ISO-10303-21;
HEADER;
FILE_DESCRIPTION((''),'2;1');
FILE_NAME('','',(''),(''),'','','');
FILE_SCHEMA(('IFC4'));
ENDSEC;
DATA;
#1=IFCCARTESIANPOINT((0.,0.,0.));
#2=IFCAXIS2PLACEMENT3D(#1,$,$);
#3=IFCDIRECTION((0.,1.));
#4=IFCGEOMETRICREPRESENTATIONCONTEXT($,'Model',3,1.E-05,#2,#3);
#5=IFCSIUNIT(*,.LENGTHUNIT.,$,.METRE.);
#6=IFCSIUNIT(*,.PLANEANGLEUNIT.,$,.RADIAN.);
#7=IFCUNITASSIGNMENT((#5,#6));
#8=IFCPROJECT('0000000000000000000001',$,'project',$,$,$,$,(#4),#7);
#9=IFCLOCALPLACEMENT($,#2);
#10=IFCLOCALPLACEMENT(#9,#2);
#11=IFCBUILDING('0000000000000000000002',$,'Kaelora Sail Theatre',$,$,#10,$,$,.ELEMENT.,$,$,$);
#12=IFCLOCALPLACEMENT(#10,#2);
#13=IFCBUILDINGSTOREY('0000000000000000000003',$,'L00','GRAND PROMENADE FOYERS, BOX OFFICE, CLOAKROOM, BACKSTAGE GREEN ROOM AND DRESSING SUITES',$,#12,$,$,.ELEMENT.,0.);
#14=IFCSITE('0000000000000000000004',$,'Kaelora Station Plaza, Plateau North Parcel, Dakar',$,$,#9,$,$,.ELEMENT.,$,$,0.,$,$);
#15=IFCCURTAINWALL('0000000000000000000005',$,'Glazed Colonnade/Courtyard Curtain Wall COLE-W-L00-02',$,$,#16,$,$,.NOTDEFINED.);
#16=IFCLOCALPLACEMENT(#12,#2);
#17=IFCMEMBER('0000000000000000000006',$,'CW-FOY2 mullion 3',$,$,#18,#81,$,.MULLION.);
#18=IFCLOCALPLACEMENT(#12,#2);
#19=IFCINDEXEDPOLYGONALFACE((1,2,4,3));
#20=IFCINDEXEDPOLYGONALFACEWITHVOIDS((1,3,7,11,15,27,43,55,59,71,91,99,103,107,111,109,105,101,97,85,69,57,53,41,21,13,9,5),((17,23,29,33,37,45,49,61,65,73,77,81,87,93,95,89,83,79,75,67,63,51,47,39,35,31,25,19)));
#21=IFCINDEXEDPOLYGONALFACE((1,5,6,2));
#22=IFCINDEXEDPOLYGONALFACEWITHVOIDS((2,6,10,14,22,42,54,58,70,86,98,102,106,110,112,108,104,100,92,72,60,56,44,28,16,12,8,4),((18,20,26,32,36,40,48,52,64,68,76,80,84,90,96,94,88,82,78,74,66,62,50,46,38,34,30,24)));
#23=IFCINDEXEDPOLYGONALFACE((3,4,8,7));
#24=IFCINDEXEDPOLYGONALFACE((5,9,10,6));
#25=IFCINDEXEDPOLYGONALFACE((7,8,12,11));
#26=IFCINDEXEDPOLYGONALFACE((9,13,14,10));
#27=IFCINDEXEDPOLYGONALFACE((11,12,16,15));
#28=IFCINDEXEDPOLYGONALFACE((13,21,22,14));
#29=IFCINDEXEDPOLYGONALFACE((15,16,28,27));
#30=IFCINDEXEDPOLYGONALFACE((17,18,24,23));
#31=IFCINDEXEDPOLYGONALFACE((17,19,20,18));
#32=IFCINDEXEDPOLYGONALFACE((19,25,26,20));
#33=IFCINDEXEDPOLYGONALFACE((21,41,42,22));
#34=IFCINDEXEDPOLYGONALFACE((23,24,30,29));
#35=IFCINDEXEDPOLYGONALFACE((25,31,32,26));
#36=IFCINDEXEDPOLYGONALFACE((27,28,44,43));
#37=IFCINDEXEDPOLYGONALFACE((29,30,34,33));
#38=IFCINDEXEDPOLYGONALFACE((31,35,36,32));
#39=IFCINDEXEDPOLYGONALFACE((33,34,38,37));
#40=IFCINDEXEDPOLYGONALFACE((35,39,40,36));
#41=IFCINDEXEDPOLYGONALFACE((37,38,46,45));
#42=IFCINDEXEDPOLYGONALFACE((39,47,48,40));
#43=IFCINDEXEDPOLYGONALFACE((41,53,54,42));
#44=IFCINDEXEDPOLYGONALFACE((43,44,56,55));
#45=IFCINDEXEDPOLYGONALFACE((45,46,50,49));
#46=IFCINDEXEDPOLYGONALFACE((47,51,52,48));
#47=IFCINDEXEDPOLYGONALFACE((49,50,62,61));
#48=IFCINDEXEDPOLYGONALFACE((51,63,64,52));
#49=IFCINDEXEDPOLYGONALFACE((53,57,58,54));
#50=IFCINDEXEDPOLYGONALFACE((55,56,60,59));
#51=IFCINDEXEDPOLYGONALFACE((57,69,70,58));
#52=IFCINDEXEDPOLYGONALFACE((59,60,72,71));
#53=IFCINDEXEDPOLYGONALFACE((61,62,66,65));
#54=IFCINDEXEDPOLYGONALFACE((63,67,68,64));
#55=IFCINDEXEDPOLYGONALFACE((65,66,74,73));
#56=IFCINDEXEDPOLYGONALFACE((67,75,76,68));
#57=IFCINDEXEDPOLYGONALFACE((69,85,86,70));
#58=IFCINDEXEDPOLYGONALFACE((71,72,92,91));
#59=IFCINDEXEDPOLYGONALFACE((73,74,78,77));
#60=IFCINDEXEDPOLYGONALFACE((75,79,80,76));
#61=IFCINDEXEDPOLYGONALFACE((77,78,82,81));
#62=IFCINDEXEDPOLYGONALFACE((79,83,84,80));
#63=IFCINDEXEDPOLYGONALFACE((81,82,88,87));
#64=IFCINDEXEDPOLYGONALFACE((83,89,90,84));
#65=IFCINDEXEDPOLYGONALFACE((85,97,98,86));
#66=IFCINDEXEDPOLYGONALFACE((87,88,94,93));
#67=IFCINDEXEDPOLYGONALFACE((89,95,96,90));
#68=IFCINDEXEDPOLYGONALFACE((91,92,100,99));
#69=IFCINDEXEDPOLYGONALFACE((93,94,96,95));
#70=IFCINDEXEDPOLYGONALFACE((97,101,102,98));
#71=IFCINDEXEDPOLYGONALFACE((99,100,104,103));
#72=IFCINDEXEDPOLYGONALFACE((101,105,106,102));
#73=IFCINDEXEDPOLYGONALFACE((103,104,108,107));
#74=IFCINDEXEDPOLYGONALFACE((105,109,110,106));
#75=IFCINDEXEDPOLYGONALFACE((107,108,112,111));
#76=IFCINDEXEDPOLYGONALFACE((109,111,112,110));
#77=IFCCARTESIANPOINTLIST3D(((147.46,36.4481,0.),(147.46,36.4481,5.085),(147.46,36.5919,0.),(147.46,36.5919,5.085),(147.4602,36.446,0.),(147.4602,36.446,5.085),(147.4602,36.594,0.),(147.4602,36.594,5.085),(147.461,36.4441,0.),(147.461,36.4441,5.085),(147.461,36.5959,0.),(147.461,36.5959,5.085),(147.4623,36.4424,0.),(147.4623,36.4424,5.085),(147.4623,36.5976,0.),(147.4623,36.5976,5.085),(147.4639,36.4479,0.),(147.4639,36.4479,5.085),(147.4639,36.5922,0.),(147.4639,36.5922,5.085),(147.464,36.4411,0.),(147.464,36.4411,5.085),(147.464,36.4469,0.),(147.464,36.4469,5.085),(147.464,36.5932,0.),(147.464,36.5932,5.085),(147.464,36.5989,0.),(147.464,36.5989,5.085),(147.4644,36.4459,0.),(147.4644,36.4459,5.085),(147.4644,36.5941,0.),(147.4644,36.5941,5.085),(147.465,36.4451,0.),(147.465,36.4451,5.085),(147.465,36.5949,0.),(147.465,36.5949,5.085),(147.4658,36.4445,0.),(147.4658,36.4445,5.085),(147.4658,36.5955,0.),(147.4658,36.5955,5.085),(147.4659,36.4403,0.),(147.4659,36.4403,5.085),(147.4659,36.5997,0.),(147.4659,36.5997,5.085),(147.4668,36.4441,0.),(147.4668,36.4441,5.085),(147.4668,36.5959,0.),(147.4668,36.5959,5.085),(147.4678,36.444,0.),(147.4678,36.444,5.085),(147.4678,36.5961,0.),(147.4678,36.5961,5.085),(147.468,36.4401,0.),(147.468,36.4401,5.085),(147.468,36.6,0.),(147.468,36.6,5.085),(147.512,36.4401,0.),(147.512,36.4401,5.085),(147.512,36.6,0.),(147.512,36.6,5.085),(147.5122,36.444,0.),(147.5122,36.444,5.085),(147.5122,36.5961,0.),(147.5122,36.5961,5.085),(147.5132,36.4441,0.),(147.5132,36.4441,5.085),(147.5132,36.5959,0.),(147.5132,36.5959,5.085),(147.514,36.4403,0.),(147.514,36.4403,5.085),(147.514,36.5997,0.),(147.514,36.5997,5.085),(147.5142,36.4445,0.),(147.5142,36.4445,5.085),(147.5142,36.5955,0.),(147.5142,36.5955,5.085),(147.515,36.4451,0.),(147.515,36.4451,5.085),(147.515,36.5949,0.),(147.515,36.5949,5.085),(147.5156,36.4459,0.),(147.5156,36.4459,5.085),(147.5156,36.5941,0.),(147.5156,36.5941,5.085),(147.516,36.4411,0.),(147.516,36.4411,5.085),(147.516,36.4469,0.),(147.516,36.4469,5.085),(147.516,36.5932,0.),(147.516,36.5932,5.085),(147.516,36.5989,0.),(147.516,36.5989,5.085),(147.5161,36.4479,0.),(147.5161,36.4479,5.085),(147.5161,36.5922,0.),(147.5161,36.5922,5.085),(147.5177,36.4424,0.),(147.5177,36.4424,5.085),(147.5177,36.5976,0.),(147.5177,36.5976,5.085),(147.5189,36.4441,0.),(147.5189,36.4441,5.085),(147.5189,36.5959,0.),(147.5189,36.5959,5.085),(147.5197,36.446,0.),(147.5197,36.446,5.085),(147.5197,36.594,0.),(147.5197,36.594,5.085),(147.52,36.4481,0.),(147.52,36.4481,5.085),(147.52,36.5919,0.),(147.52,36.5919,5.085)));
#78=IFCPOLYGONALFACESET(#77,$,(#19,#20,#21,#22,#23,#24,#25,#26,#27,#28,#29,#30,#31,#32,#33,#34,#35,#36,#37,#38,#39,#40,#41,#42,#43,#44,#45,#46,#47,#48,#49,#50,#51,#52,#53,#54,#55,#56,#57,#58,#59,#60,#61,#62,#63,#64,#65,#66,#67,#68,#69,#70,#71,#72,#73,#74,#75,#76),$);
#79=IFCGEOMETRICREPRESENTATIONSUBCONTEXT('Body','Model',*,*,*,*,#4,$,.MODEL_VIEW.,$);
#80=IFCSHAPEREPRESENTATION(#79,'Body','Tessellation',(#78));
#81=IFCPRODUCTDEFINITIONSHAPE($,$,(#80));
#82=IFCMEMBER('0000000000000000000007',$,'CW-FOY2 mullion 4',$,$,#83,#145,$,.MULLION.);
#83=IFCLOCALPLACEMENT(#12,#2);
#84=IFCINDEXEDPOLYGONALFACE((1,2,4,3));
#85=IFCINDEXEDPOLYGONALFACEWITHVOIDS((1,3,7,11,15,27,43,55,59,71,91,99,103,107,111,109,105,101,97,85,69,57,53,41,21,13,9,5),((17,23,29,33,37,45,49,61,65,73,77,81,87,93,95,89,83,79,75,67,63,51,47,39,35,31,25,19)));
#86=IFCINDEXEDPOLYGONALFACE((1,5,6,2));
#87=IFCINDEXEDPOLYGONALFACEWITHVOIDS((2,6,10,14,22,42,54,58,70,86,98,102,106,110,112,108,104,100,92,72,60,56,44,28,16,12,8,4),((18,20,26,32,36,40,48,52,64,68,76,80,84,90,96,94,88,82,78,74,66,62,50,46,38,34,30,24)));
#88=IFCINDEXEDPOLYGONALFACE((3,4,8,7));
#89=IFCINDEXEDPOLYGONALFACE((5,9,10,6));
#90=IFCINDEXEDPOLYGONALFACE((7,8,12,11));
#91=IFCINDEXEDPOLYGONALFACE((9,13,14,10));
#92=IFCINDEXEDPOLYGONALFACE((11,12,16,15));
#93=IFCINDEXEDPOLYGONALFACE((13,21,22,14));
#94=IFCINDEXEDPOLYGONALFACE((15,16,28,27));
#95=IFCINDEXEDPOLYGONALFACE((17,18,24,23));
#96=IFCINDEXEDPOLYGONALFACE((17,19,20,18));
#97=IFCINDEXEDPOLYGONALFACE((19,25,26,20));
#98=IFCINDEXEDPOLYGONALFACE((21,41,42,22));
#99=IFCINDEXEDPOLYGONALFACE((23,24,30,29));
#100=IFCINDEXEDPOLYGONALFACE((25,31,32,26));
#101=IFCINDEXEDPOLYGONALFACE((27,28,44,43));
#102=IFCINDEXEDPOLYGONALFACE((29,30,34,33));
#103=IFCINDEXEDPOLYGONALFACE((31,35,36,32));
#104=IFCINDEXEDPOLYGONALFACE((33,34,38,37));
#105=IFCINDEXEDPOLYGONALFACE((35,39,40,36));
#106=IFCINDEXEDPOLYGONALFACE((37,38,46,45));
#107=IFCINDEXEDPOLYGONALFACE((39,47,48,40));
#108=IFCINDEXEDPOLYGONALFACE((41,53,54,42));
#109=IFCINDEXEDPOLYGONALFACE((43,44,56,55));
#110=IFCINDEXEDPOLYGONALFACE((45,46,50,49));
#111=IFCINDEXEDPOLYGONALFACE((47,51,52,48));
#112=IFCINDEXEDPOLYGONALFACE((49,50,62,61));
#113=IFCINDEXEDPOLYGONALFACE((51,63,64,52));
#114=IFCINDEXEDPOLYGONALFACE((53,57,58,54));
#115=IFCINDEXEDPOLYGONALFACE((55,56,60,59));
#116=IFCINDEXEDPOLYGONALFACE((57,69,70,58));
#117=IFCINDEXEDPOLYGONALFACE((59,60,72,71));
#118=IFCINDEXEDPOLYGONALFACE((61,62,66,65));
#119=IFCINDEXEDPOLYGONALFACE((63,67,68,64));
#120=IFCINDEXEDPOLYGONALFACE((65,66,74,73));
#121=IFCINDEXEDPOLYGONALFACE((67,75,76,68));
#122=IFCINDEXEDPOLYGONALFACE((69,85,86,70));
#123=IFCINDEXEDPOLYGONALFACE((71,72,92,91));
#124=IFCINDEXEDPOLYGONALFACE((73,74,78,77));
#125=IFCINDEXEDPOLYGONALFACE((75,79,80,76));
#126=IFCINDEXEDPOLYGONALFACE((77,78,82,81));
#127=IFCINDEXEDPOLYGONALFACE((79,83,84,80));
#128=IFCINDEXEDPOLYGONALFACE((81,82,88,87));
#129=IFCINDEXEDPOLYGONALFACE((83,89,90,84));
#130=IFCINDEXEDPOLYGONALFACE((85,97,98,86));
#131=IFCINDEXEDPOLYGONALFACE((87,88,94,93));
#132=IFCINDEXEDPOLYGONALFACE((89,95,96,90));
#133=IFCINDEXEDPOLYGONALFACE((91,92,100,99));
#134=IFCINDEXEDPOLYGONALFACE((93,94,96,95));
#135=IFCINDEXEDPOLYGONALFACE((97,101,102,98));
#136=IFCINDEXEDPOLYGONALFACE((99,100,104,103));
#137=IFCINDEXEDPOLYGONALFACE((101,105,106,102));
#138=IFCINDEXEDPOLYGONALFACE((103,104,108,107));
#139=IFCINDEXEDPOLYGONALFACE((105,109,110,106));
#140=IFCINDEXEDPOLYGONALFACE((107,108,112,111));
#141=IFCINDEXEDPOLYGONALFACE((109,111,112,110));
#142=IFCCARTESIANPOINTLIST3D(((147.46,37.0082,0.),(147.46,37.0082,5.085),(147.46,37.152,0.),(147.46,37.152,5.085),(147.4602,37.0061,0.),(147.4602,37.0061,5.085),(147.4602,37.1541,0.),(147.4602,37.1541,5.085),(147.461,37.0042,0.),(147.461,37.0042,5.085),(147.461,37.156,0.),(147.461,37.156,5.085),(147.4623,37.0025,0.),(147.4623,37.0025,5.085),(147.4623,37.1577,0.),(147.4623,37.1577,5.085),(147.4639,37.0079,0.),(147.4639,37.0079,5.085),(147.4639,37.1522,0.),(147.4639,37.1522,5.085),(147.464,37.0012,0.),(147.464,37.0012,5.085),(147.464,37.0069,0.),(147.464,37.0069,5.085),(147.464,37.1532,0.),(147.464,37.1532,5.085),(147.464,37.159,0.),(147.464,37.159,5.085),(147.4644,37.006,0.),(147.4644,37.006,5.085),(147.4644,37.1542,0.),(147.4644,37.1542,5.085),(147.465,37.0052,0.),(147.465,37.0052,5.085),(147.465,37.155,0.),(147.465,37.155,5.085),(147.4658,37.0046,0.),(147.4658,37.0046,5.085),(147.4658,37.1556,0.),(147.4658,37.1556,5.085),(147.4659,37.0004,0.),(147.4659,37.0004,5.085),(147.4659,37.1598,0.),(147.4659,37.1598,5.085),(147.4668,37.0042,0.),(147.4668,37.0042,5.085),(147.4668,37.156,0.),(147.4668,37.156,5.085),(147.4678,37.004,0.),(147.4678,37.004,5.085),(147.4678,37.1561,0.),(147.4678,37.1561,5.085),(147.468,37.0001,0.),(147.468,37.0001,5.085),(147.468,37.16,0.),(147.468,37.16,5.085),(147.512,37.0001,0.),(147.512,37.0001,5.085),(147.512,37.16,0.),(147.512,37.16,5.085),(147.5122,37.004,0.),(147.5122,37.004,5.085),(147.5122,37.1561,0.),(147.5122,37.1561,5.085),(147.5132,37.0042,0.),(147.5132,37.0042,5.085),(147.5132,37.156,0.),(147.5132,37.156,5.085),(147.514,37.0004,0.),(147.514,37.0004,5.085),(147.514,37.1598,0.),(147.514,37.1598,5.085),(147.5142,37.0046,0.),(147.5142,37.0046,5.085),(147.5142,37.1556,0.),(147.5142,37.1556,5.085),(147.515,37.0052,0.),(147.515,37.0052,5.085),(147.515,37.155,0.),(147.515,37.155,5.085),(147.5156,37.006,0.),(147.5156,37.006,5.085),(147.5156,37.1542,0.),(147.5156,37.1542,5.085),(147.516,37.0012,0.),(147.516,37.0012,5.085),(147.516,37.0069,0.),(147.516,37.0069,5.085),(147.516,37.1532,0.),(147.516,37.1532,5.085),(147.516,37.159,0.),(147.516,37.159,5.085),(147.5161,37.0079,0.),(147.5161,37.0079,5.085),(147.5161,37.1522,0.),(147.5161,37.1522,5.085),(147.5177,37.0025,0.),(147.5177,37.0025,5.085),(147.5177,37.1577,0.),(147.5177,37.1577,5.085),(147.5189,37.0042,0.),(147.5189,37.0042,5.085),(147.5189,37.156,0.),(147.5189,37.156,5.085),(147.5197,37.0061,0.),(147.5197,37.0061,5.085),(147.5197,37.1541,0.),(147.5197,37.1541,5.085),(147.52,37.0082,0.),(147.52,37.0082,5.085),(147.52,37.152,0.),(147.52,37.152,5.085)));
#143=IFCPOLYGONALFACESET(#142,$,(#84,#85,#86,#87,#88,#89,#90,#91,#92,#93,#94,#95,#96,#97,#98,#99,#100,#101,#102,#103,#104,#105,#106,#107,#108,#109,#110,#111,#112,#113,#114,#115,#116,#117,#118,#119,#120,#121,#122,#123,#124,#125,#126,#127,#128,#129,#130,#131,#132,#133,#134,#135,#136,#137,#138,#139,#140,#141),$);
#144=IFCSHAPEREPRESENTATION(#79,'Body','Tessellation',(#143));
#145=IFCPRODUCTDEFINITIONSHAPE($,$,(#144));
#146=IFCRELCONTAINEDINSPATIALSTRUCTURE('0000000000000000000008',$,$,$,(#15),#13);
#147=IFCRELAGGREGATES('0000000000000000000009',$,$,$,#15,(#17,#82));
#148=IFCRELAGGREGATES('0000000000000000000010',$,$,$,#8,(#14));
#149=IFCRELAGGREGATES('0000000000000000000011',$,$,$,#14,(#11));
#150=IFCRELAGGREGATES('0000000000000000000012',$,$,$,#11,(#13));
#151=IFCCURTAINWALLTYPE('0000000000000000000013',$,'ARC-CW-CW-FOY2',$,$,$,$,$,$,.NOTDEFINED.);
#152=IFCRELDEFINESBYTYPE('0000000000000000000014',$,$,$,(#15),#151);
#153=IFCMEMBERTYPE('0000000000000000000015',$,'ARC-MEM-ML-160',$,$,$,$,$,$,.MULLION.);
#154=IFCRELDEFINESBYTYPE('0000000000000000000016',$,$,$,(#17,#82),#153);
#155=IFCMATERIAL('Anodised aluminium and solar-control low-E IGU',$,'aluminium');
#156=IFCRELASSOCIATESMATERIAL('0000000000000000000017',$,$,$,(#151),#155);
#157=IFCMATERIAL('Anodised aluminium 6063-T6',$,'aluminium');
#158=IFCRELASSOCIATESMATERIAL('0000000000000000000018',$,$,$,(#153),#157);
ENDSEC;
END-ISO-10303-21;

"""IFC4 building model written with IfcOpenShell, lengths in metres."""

from ifc_helpers import new_model, si_unit, direction, frame, origin, origin_2d, place, context, subcontext, project, spatial, hollow_rectangle, extrude, material, material_profile, profile_set, type_object, element, aggregate, save


model = new_model("IFC4")

# Units and contexts
model_context = context("Model", 3, precision=1e-05, world=origin(), true_north=direction((0.0, 1.0)))
body_context = subcontext(model_context, "Body", "Model", "MODEL_VIEW")
ifc_project = project(units=[si_unit("LENGTHUNIT", "METRE"), si_unit("PLANEANGLEUNIT", "RADIAN")], contexts=[model_context])

# Site, building, storey
site_placement = place(None, origin())
site = spatial("IfcSite", under=ifc_project, at=site_placement, Name="Kaelora Station Plaza, Plateau North Parcel, Dakar", CompositionType="ELEMENT", RefElevation=0.0)
building_placement = place(site_placement, origin())
building = spatial("IfcBuilding", under=site, at=building_placement, Name="Kaelora Sail Theatre", CompositionType="ELEMENT")
storey_placement = place(building_placement, origin())
storey = spatial("IfcBuildingStorey", under=building, at=storey_placement, Name="L00", Description="GRAND PROMENADE FOYERS, BOX OFFICE, CLOAKROOM, BACKSTAGE GREEN ROOM AND DRESSING SUITES", CompositionType="ELEMENT", Elevation=0.0)

# Shared definitions
ifc_material_1 = material(Name="Anodised aluminium and solar-control low-E IGU", Category="aluminium")
curtain_wall_type = type_object("IfcCurtainWallType", Name="ARC-CW-CW-FOY2", PredefinedType="NOTDEFINED", material=ifc_material_1)
ifc_material_2 = material(Name="Anodised aluminium 6063-T6", Category="aluminium")
ifc_material_profile_1 = material_profile(ifc_material_2, hollow_rectangle(XDim=0.0601, YDim=0.1599, WallThickness=0.0039, InnerFilletRadius=0.0039, OuterFilletRadius=0.0081, at=origin_2d()), Name="ALU-MULL 60x160x4")
ifc_profile_set_1 = profile_set([ifc_material_profile_1], Name="Anodised aluminium 6063-T6")
member_type_1 = type_object("IfcMemberType", Name="ARC-MEM-ML-160", PredefinedType="MULLION", material=ifc_profile_set_1)

# Curtain wall, members
curtain_wall_1_placement = place(storey_placement, origin())
curtain_wall_1 = element("IfcCurtainWall", 1, at=curtain_wall_1_placement, inside=storey, type_object=curtain_wall_type, Name="Glazed Colonnade/Courtyard Curtain Wall COLE-W-L00-02", PredefinedType="NOTDEFINED")
member_1_placement = place(storey_placement, frame((147.49, 36.52, 0.0), z_axis=(0.0, 0.0, 1.0), x_axis=(-1.0, 0.0, 0.0)))
member_1 = element("IfcMember", 2, at=member_1_placement, type_object=member_type_1, Name="CW-FOY2 mullion 3", PredefinedType="MULLION", context=body_context, shape_type="SweptSolid", body=[
    extrude(hollow_rectangle(XDim=0.0601, YDim=0.1599, WallThickness=0.0039, InnerFilletRadius=0.0039, OuterFilletRadius=0.0081, at=origin_2d()), origin(), (0.0, 0.0, 1.0), 5.085),
])
member_2_placement = place(storey_placement, frame((147.49, 37.0801, 0.0), z_axis=(0.0, 0.0, 1.0), x_axis=(-1.0, 0.0, 0.0)))
member_2 = element("IfcMember", 3, at=member_2_placement, type_object=member_type_1, Name="CW-FOY2 mullion 4", PredefinedType="MULLION", context=body_context, shape_type="SweptSolid", body=[
    extrude(hollow_rectangle(XDim=0.0601, YDim=0.1599, WallThickness=0.0039, InnerFilletRadius=0.0039, OuterFilletRadius=0.0081, at=origin_2d()), origin(), (0.0, 0.0, 1.0), 5.085),
])

aggregate(curtain_wall_1, [member_1, member_2])

save(model, "model.ifc")
